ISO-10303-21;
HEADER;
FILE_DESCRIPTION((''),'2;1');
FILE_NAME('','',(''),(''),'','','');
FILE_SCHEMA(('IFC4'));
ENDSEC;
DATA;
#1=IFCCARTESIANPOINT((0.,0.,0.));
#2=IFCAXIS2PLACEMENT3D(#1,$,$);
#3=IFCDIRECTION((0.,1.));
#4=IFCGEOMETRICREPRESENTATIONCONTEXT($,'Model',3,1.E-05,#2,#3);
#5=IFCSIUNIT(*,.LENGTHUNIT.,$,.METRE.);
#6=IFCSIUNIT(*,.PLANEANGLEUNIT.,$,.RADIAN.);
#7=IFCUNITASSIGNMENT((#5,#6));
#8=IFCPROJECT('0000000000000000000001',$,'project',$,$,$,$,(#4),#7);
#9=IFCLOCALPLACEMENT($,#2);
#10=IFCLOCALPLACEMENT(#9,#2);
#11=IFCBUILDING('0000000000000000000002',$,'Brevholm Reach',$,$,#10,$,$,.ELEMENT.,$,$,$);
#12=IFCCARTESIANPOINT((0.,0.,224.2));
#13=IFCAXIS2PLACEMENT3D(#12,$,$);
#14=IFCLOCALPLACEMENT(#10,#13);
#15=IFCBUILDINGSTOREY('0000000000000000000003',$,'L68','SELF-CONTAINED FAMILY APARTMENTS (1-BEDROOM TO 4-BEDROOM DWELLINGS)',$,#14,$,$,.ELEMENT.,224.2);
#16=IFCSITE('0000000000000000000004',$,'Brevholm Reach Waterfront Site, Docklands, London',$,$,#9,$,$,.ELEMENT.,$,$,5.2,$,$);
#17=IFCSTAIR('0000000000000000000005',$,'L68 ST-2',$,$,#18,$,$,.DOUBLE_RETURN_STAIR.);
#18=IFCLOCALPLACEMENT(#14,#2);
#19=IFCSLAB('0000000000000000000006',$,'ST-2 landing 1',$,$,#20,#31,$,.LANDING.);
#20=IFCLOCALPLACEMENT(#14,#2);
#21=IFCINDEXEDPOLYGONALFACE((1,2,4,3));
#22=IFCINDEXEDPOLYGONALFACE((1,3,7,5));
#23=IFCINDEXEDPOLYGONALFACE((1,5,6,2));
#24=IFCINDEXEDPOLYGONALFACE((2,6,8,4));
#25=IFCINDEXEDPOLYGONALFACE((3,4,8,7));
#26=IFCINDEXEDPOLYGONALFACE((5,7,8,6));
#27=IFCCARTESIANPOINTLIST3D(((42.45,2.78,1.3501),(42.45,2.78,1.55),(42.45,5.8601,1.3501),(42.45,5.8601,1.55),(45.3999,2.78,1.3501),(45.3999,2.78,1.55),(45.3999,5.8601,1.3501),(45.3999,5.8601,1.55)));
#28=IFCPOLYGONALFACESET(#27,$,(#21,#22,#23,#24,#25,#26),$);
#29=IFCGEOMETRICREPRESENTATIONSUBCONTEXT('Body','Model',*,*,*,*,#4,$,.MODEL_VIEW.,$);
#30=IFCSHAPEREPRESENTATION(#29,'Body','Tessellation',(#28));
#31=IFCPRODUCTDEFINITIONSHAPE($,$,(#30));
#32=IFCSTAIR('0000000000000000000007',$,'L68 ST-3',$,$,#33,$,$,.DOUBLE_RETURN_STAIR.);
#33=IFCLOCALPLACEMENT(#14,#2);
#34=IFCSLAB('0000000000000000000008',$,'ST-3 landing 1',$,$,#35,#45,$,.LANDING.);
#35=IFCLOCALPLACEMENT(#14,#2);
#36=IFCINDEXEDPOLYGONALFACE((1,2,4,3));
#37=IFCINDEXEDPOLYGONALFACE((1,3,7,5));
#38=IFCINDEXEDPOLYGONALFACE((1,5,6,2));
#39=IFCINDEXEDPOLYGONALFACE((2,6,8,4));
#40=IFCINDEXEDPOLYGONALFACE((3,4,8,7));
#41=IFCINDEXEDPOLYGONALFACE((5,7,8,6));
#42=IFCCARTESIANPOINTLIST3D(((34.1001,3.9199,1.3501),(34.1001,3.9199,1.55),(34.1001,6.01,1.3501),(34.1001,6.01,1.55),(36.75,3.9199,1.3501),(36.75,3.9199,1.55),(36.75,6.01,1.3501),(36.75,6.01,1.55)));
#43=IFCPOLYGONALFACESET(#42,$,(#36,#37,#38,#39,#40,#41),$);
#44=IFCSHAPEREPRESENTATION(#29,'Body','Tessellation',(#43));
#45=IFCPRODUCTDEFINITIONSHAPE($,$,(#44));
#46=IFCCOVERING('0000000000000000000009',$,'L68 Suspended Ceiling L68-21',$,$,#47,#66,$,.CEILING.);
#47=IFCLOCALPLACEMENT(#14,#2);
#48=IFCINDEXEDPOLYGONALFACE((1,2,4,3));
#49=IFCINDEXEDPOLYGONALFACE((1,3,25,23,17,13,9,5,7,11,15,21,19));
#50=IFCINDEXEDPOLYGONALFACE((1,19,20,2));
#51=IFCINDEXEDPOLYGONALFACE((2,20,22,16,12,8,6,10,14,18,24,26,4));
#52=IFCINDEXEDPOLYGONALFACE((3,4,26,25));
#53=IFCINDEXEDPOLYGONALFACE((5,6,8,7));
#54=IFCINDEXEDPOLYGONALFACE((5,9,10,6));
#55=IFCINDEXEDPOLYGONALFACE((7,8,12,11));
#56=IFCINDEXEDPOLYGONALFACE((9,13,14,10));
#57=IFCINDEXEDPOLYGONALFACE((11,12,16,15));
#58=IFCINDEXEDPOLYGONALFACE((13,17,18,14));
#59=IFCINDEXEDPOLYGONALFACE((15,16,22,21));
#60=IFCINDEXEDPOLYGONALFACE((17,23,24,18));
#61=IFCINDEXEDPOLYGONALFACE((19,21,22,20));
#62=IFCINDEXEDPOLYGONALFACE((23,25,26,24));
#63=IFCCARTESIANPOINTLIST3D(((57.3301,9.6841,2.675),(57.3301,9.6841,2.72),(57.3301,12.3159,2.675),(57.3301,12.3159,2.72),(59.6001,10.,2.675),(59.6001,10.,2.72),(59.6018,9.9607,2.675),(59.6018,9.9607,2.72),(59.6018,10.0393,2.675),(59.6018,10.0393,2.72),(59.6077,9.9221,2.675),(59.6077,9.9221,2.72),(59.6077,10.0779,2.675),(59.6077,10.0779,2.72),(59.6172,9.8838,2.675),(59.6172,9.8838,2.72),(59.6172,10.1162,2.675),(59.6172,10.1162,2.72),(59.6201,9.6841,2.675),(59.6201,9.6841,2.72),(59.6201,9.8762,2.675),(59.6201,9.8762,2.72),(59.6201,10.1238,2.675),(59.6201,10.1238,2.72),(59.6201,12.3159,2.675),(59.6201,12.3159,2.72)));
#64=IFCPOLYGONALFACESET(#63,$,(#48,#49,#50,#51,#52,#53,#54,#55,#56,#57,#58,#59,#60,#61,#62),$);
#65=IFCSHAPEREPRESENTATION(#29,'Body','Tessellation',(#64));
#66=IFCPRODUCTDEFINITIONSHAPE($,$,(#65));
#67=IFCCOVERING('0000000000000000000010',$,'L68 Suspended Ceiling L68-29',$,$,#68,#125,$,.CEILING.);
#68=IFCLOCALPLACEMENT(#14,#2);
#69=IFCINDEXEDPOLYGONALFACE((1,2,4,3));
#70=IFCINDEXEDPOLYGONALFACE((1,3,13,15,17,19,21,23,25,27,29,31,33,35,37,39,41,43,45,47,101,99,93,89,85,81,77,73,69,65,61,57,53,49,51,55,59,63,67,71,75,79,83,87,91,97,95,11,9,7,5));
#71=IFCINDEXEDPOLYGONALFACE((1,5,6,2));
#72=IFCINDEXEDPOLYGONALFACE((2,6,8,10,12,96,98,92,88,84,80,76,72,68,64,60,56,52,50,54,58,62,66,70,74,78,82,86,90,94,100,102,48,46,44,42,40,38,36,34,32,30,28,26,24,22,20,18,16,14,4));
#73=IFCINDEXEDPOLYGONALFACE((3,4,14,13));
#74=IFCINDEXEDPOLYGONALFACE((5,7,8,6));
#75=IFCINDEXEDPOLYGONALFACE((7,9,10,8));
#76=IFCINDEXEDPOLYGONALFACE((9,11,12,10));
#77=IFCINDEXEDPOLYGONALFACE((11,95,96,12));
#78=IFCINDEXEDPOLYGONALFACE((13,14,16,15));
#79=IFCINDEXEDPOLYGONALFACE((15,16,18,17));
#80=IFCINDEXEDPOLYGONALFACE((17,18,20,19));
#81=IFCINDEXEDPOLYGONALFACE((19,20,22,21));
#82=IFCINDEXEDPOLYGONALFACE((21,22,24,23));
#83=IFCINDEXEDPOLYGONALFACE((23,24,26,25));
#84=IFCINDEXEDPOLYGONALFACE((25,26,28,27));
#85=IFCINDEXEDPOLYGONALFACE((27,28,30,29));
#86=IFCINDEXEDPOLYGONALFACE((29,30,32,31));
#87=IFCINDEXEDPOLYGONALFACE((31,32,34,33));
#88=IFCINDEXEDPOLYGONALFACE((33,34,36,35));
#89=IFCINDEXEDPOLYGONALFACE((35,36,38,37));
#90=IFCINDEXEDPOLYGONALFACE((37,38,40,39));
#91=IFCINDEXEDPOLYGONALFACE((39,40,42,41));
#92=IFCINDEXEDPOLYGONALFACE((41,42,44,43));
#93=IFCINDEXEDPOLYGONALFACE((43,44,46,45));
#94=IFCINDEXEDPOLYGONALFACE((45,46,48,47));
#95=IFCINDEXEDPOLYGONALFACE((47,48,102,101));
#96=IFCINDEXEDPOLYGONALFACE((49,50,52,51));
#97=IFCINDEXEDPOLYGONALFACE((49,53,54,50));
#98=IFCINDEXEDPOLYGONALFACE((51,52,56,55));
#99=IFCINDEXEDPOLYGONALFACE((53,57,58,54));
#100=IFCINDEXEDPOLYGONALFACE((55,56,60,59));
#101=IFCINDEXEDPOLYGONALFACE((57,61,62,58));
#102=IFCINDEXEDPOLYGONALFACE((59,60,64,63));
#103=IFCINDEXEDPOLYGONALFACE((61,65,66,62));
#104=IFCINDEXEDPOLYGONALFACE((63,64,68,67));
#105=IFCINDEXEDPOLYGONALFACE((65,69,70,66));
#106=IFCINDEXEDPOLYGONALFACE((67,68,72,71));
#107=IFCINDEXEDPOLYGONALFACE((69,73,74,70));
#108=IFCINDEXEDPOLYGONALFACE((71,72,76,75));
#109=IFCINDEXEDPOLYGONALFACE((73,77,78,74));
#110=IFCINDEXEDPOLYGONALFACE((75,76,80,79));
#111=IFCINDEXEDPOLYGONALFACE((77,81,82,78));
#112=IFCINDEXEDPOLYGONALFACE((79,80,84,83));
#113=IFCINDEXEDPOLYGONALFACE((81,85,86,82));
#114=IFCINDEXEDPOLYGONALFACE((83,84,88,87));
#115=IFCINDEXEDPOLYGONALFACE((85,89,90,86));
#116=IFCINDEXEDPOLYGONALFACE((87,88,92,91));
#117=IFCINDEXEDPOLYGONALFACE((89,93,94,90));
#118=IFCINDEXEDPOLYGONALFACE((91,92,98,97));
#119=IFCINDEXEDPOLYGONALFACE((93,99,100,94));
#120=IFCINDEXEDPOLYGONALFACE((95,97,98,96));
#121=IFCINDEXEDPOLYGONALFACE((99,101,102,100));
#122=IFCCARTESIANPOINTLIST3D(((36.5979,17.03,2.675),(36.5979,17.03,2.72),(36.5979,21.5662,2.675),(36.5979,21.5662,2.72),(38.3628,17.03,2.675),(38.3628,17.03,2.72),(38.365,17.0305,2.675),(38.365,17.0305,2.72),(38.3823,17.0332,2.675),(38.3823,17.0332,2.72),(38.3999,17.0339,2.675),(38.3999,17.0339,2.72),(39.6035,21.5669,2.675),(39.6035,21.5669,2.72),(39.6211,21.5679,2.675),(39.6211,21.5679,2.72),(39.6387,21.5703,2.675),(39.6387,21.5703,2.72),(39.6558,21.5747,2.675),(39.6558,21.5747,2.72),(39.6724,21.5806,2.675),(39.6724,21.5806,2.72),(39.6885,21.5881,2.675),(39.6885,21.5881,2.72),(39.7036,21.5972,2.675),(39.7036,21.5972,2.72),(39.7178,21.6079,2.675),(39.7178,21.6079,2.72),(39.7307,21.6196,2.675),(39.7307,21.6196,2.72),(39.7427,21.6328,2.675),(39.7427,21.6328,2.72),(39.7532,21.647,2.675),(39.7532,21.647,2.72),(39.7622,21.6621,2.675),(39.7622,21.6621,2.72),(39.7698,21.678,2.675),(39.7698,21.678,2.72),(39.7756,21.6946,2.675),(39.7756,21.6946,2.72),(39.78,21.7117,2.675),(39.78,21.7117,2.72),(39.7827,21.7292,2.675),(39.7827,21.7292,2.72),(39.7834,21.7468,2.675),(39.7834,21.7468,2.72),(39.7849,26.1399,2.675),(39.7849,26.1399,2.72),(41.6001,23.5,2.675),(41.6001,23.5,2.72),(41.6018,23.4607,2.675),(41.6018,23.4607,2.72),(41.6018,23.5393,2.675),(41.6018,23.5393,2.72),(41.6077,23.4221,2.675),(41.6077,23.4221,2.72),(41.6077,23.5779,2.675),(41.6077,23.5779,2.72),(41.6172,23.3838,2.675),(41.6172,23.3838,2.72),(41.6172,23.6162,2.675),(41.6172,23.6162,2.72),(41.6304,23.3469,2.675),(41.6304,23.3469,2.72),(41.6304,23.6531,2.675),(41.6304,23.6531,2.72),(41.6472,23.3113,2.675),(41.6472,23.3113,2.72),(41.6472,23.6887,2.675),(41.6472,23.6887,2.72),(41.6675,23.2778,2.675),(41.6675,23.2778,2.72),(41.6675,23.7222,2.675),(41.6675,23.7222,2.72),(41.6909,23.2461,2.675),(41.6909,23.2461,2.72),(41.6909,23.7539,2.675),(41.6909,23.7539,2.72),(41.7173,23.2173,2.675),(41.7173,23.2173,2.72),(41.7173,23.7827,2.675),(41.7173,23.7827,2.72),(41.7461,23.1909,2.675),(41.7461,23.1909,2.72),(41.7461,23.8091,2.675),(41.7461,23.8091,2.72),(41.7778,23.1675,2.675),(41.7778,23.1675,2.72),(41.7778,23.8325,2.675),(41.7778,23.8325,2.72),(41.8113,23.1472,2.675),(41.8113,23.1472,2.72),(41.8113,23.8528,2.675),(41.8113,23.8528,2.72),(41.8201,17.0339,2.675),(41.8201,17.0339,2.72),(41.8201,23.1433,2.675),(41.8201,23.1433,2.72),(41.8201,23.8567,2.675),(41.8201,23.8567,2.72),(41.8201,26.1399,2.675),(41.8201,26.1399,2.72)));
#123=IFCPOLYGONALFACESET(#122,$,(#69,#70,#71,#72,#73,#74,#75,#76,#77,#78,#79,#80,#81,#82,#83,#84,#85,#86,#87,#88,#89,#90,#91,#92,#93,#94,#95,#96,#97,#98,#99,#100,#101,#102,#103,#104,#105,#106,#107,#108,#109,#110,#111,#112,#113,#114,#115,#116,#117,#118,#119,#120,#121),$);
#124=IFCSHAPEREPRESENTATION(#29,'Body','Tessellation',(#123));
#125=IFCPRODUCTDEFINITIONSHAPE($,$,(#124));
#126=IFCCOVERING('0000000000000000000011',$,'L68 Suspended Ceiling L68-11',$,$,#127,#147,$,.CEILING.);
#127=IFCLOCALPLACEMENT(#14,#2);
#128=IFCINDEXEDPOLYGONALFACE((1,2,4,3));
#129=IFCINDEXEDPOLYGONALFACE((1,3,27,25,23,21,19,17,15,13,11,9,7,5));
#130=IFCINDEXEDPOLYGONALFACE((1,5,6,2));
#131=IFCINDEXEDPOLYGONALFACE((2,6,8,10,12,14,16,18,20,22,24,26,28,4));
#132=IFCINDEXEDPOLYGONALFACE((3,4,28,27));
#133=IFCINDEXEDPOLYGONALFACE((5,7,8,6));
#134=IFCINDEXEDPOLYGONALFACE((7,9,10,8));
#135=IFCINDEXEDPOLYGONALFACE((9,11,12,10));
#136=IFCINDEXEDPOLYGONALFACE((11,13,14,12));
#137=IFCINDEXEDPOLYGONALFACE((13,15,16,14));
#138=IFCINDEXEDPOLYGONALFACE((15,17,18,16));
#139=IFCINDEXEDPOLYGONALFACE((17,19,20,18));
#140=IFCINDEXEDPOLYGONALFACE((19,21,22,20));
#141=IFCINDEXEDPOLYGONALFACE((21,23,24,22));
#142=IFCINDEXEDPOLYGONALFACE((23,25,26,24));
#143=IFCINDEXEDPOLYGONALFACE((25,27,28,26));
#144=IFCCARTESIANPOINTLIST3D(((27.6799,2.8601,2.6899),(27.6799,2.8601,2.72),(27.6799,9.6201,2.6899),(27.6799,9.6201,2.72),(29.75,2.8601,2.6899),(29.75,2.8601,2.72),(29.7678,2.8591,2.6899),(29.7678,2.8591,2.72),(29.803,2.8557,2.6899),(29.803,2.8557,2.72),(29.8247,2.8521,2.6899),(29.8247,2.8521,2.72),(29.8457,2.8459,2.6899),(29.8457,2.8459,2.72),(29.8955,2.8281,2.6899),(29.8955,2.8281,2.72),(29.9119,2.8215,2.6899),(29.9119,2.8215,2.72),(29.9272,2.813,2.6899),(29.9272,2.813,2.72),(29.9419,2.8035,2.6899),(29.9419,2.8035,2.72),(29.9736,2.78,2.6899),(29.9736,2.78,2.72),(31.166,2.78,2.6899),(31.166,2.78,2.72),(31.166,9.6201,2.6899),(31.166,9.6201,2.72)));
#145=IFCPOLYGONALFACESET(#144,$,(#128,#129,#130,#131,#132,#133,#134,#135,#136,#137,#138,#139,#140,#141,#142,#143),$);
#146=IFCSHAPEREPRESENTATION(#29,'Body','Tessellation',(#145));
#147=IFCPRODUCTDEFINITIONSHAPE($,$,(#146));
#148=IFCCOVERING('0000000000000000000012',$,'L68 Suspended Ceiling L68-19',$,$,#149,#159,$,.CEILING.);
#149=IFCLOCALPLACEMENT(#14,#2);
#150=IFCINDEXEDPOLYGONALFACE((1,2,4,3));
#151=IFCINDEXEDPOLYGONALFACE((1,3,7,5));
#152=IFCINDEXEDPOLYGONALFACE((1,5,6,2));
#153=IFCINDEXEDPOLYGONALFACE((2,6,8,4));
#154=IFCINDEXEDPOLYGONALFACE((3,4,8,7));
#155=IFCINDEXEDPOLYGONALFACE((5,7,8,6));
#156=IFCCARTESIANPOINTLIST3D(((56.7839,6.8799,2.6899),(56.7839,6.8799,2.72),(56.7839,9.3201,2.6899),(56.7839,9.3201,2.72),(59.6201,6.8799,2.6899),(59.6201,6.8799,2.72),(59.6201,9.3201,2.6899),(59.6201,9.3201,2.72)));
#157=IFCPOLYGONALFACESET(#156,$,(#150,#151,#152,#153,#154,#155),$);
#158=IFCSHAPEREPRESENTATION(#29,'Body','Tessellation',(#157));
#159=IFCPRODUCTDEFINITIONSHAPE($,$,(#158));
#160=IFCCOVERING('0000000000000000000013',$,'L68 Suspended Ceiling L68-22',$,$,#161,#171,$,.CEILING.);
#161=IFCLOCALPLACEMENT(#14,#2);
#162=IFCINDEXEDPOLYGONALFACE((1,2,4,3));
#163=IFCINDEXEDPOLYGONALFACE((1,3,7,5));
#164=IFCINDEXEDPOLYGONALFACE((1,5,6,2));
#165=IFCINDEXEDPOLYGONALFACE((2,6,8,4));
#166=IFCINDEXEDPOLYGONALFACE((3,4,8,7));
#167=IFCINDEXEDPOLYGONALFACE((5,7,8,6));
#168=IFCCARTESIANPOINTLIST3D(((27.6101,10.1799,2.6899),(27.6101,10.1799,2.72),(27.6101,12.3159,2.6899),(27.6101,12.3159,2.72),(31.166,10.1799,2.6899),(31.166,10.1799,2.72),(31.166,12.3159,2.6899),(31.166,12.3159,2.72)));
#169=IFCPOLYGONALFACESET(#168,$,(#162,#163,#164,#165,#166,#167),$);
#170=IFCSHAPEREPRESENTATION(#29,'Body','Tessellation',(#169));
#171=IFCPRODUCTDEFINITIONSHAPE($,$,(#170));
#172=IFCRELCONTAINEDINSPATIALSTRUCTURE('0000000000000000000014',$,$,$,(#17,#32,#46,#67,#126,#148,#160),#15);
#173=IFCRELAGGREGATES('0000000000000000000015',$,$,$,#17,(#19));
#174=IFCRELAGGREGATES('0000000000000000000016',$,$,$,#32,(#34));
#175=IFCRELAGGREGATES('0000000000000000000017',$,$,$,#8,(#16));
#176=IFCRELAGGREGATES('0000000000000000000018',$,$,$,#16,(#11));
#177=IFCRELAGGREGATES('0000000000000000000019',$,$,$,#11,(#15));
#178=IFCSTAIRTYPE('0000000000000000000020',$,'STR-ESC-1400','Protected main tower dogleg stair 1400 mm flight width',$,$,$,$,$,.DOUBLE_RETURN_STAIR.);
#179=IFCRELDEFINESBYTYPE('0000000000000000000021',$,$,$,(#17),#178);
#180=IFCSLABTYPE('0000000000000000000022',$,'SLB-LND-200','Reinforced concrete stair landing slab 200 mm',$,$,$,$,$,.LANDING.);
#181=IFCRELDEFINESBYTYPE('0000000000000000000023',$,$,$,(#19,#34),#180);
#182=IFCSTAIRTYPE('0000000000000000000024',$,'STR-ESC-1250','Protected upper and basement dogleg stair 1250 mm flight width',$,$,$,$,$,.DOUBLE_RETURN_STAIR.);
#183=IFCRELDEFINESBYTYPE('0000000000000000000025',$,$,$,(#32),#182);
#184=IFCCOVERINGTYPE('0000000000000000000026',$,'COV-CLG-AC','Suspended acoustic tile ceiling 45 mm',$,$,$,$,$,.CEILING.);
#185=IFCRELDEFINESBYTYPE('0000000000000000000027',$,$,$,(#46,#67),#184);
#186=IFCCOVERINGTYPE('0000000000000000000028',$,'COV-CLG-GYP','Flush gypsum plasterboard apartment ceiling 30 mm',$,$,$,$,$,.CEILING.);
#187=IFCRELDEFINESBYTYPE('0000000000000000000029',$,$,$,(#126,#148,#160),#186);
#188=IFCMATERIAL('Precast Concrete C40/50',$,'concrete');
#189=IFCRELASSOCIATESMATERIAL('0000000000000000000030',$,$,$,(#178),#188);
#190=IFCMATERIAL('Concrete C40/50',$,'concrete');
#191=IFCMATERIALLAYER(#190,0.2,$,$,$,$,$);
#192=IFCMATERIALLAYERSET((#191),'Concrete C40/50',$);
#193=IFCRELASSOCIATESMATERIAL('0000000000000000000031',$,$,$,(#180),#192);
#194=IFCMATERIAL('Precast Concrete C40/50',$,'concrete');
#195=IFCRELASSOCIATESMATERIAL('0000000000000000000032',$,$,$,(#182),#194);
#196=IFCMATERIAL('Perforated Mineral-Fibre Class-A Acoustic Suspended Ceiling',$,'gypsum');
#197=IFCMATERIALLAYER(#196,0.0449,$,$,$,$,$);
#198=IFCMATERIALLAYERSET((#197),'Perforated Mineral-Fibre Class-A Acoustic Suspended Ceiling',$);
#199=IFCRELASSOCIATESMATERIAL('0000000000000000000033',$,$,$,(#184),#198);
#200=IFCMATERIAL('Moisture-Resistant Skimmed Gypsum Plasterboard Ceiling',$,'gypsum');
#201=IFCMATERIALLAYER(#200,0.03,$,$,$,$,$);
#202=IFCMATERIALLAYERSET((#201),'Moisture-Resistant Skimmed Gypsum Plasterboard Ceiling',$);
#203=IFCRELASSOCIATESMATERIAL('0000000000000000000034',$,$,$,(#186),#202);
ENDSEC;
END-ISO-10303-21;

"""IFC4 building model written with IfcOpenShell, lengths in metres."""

from ifc_helpers import new_model, si_unit, direction, frame, origin, place, context, subcontext, project, spatial, polyline, outline, extrude, material, layer, layer_set, type_object, element, aggregate, save


model = new_model("IFC4")

# Units and contexts
model_context = context("Model", 3, precision=1e-05, world=origin(), true_north=direction((0.0, 1.0)))
body_context = subcontext(model_context, "Body", "Model", "MODEL_VIEW")
ifc_project = project(units=[si_unit("LENGTHUNIT", "METRE"), si_unit("PLANEANGLEUNIT", "RADIAN")], contexts=[model_context])

# Site, building, storey
site_placement = place(None, origin())
site = spatial("IfcSite", under=ifc_project, at=site_placement, Name="Brevholm Reach Waterfront Site, Docklands, London", CompositionType="ELEMENT", RefElevation=5.2)
building_placement = place(site_placement, origin())
building = spatial("IfcBuilding", under=site, at=building_placement, Name="Brevholm Reach", CompositionType="ELEMENT")
storey_placement = place(building_placement, frame((0.0, 0.0, 224.2)))
storey = spatial("IfcBuildingStorey", under=building, at=storey_placement, Name="L68", Description="SELF-CONTAINED FAMILY APARTMENTS (1-BEDROOM TO 4-BEDROOM DWELLINGS)", CompositionType="ELEMENT", Elevation=224.2)

# Stairs, slabs
ifc_material_1 = material(Name="Precast Concrete C40/50", Category="concrete")
stair_type_1 = type_object("IfcStairType", Name="STR-ESC-1400", Description="Protected main tower dogleg stair 1400 mm flight width", PredefinedType="DOUBLE_RETURN_STAIR", material=ifc_material_1)
stair_1_placement = place(storey_placement, origin())
stair_1 = element("IfcStair", 1, at=stair_1_placement, inside=storey, type_object=stair_type_1, Name="L68 ST-2", PredefinedType="DOUBLE_RETURN_STAIR")
ifc_material_2 = material(Name="Concrete C40/50", Category="concrete")
ifc_layer_1 = layer(ifc_material_2, 0.2)
ifc_layer_set_1 = layer_set([ifc_layer_1], Name="Concrete C40/50")
slab_type_1 = type_object("IfcSlabType", Name="SLB-LND-200", Description="Reinforced concrete stair landing slab 200 mm", PredefinedType="LANDING", material=ifc_layer_set_1)
slab_1_placement = place(storey_placement, frame((0.0, 0.0, 1.3501)))
slab_1 = element("IfcSlab", 2, at=slab_1_placement, type_object=slab_type_1, Name="ST-2 landing 1", PredefinedType="LANDING", context=body_context, shape_type="SweptSolid", body=[
    extrude(outline(polyline([(42.45, 5.8601), (42.45, 2.78), (45.3999, 2.78), (45.3999, 5.8601), (42.45, 5.8601)])), origin(), (0.0, 0.0, 1.0), 0.2),
])
aggregate(stair_1, [slab_1])
ifc_material_3 = material(Name="Precast Concrete C40/50", Category="concrete")
stair_type_2 = type_object("IfcStairType", Name="STR-ESC-1250", Description="Protected upper and basement dogleg stair 1250 mm flight width", PredefinedType="DOUBLE_RETURN_STAIR", material=ifc_material_3)
stair_2_placement = place(storey_placement, origin())
stair_2 = element("IfcStair", 3, at=stair_2_placement, inside=storey, type_object=stair_type_2, Name="L68 ST-3", PredefinedType="DOUBLE_RETURN_STAIR")
slab_2_placement = place(storey_placement, frame((0.0, 0.0, 1.3501)))
slab_2 = element("IfcSlab", 4, at=slab_2_placement, type_object=slab_type_1, Name="ST-3 landing 1", PredefinedType="LANDING", context=body_context, shape_type="SweptSolid", body=[
    extrude(outline(polyline([(34.1001, 6.01), (34.1001, 3.9199), (36.75, 3.9199), (36.75, 6.01), (34.1001, 6.01)])), origin(), (0.0, 0.0, 1.0), 0.2),
])
aggregate(stair_2, [slab_2])

# Coverings
ifc_material_4 = material(Name="Perforated Mineral-Fibre Class-A Acoustic Suspended Ceiling", Category="gypsum")
ifc_layer_2 = layer(ifc_material_4, 0.0449)
ifc_layer_set_2 = layer_set([ifc_layer_2], Name="Perforated Mineral-Fibre Class-A Acoustic Suspended Ceiling")
covering_type_1 = type_object("IfcCoveringType", Name="COV-CLG-AC", Description="Suspended acoustic tile ceiling 45 mm", PredefinedType="CEILING", material=ifc_layer_set_2)
covering_1_placement = place(storey_placement, frame((0.0, 0.0, 2.675)))
element("IfcCovering", 5, at=covering_1_placement, inside=storey, type_object=covering_type_1, Name="L68 Suspended Ceiling L68-21", PredefinedType="CEILING", context=body_context, shape_type="SweptSolid", body=[
    extrude(outline(polyline([(57.3301, 12.3159), (59.6201, 12.3159), (59.6201, 10.1238), (59.6172, 10.1162), (59.6077, 10.0779), (59.6018, 10.0393), (59.6001, 10.0), (59.6018, 9.9607), (59.6077, 9.9221), (59.6172, 9.8838), (59.6201, 9.8762), (59.6201, 9.6841), (57.3301, 9.6841), (57.3301, 12.3159)])), origin(), (0.0, 0.0, 1.0), 0.0449),
])
covering_2_placement = place(storey_placement, frame((0.0, 0.0, 2.675)))
element("IfcCovering", 6, at=covering_2_placement, inside=storey, type_object=covering_type_1, Name="L68 Suspended Ceiling L68-29", PredefinedType="CEILING", context=body_context, shape_type="SweptSolid", body=[
    extrude(outline(polyline([(36.5979, 17.03), (36.5979, 21.5662), (39.6035, 21.5669), (39.6211, 21.5679), (39.6387, 21.5703), (39.6558, 21.5747), (39.6724, 21.5806), (39.6885, 21.5881), (39.7036, 21.5972), (39.7178, 21.6079), (39.7307, 21.6196), (39.7427, 21.6328), (39.7532, 21.647), (39.7622, 21.6621), (39.7698, 21.678), (39.7756, 21.6946), (39.78, 21.7117), (39.7827, 21.7292), (39.7834, 21.7468), (39.7849, 26.1399), (41.8201, 26.1399), (41.8201, 23.8567), (41.8113, 23.8528), (41.7778, 23.8325), (41.7461, 23.8091), (41.7173, 23.7827), (41.6909, 23.7539), (41.6675, 23.7222), (41.6472, 23.6887), (41.6304, 23.6531), (41.6172, 23.6162), (41.6077, 23.5779), (41.6018, 23.5393), (41.6001, 23.5), (41.6018, 23.4607), (41.6077, 23.4221), (41.6172, 23.3838), (41.6304, 23.3469), (41.6472, 23.3113), (41.6675, 23.2778), (41.6909, 23.2461), (41.7173, 23.2173), (41.7461, 23.1909), (41.7778, 23.1675), (41.8113, 23.1472), (41.8201, 23.1433), (41.8201, 17.0339), (38.3999, 17.0339), (38.3823, 17.0332), (38.365, 17.0305), (38.3628, 17.03), (36.5979, 17.03)])), origin(), (0.0, 0.0, 1.0), 0.0449),
])
ifc_material_5 = material(Name="Moisture-Resistant Skimmed Gypsum Plasterboard Ceiling", Category="gypsum")
ifc_layer_3 = layer(ifc_material_5, 0.03)
ifc_layer_set_3 = layer_set([ifc_layer_3], Name="Moisture-Resistant Skimmed Gypsum Plasterboard Ceiling")
covering_type_2 = type_object("IfcCoveringType", Name="COV-CLG-GYP", Description="Flush gypsum plasterboard apartment ceiling 30 mm", PredefinedType="CEILING", material=ifc_layer_set_3)
covering_3_placement = place(storey_placement, frame((0.0, 0.0, 2.6899)))
element("IfcCovering", 7, at=covering_3_placement, inside=storey, type_object=covering_type_2, Name="L68 Suspended Ceiling L68-11", PredefinedType="CEILING", context=body_context, shape_type="SweptSolid", body=[
    extrude(outline(polyline([(31.166, 9.6201), (31.166, 2.78), (29.9736, 2.78), (29.9419, 2.8035), (29.9272, 2.813), (29.9119, 2.8215), (29.8955, 2.8281), (29.8457, 2.8459), (29.8247, 2.8521), (29.803, 2.8557), (29.7678, 2.8591), (29.75, 2.8601), (27.6799, 2.8601), (27.6799, 9.6201), (31.166, 9.6201)])), origin(), (0.0, 0.0, 1.0), 0.03),
])
covering_4_placement = place(storey_placement, frame((0.0, 0.0, 2.6899)))
element("IfcCovering", 8, at=covering_4_placement, inside=storey, type_object=covering_type_2, Name="L68 Suspended Ceiling L68-19", PredefinedType="CEILING", context=body_context, shape_type="SweptSolid", body=[
    extrude(outline(polyline([(59.6201, 9.3201), (59.6201, 6.8799), (56.7839, 6.8799), (56.7839, 9.3201), (59.6201, 9.3201)])), origin(), (0.0, 0.0, 1.0), 0.03),
])
covering_5_placement = place(storey_placement, frame((0.0, 0.0, 2.6899)))
element("IfcCovering", 9, at=covering_5_placement, inside=storey, type_object=covering_type_2, Name="L68 Suspended Ceiling L68-22", PredefinedType="CEILING", context=body_context, shape_type="SweptSolid", body=[
    extrude(outline(polyline([(27.6101, 10.1799), (27.6101, 12.3159), (31.166, 12.3159), (31.166, 10.1799), (27.6101, 10.1799)])), origin(), (0.0, 0.0, 1.0), 0.03),
])

save(model, "model.ifc")
